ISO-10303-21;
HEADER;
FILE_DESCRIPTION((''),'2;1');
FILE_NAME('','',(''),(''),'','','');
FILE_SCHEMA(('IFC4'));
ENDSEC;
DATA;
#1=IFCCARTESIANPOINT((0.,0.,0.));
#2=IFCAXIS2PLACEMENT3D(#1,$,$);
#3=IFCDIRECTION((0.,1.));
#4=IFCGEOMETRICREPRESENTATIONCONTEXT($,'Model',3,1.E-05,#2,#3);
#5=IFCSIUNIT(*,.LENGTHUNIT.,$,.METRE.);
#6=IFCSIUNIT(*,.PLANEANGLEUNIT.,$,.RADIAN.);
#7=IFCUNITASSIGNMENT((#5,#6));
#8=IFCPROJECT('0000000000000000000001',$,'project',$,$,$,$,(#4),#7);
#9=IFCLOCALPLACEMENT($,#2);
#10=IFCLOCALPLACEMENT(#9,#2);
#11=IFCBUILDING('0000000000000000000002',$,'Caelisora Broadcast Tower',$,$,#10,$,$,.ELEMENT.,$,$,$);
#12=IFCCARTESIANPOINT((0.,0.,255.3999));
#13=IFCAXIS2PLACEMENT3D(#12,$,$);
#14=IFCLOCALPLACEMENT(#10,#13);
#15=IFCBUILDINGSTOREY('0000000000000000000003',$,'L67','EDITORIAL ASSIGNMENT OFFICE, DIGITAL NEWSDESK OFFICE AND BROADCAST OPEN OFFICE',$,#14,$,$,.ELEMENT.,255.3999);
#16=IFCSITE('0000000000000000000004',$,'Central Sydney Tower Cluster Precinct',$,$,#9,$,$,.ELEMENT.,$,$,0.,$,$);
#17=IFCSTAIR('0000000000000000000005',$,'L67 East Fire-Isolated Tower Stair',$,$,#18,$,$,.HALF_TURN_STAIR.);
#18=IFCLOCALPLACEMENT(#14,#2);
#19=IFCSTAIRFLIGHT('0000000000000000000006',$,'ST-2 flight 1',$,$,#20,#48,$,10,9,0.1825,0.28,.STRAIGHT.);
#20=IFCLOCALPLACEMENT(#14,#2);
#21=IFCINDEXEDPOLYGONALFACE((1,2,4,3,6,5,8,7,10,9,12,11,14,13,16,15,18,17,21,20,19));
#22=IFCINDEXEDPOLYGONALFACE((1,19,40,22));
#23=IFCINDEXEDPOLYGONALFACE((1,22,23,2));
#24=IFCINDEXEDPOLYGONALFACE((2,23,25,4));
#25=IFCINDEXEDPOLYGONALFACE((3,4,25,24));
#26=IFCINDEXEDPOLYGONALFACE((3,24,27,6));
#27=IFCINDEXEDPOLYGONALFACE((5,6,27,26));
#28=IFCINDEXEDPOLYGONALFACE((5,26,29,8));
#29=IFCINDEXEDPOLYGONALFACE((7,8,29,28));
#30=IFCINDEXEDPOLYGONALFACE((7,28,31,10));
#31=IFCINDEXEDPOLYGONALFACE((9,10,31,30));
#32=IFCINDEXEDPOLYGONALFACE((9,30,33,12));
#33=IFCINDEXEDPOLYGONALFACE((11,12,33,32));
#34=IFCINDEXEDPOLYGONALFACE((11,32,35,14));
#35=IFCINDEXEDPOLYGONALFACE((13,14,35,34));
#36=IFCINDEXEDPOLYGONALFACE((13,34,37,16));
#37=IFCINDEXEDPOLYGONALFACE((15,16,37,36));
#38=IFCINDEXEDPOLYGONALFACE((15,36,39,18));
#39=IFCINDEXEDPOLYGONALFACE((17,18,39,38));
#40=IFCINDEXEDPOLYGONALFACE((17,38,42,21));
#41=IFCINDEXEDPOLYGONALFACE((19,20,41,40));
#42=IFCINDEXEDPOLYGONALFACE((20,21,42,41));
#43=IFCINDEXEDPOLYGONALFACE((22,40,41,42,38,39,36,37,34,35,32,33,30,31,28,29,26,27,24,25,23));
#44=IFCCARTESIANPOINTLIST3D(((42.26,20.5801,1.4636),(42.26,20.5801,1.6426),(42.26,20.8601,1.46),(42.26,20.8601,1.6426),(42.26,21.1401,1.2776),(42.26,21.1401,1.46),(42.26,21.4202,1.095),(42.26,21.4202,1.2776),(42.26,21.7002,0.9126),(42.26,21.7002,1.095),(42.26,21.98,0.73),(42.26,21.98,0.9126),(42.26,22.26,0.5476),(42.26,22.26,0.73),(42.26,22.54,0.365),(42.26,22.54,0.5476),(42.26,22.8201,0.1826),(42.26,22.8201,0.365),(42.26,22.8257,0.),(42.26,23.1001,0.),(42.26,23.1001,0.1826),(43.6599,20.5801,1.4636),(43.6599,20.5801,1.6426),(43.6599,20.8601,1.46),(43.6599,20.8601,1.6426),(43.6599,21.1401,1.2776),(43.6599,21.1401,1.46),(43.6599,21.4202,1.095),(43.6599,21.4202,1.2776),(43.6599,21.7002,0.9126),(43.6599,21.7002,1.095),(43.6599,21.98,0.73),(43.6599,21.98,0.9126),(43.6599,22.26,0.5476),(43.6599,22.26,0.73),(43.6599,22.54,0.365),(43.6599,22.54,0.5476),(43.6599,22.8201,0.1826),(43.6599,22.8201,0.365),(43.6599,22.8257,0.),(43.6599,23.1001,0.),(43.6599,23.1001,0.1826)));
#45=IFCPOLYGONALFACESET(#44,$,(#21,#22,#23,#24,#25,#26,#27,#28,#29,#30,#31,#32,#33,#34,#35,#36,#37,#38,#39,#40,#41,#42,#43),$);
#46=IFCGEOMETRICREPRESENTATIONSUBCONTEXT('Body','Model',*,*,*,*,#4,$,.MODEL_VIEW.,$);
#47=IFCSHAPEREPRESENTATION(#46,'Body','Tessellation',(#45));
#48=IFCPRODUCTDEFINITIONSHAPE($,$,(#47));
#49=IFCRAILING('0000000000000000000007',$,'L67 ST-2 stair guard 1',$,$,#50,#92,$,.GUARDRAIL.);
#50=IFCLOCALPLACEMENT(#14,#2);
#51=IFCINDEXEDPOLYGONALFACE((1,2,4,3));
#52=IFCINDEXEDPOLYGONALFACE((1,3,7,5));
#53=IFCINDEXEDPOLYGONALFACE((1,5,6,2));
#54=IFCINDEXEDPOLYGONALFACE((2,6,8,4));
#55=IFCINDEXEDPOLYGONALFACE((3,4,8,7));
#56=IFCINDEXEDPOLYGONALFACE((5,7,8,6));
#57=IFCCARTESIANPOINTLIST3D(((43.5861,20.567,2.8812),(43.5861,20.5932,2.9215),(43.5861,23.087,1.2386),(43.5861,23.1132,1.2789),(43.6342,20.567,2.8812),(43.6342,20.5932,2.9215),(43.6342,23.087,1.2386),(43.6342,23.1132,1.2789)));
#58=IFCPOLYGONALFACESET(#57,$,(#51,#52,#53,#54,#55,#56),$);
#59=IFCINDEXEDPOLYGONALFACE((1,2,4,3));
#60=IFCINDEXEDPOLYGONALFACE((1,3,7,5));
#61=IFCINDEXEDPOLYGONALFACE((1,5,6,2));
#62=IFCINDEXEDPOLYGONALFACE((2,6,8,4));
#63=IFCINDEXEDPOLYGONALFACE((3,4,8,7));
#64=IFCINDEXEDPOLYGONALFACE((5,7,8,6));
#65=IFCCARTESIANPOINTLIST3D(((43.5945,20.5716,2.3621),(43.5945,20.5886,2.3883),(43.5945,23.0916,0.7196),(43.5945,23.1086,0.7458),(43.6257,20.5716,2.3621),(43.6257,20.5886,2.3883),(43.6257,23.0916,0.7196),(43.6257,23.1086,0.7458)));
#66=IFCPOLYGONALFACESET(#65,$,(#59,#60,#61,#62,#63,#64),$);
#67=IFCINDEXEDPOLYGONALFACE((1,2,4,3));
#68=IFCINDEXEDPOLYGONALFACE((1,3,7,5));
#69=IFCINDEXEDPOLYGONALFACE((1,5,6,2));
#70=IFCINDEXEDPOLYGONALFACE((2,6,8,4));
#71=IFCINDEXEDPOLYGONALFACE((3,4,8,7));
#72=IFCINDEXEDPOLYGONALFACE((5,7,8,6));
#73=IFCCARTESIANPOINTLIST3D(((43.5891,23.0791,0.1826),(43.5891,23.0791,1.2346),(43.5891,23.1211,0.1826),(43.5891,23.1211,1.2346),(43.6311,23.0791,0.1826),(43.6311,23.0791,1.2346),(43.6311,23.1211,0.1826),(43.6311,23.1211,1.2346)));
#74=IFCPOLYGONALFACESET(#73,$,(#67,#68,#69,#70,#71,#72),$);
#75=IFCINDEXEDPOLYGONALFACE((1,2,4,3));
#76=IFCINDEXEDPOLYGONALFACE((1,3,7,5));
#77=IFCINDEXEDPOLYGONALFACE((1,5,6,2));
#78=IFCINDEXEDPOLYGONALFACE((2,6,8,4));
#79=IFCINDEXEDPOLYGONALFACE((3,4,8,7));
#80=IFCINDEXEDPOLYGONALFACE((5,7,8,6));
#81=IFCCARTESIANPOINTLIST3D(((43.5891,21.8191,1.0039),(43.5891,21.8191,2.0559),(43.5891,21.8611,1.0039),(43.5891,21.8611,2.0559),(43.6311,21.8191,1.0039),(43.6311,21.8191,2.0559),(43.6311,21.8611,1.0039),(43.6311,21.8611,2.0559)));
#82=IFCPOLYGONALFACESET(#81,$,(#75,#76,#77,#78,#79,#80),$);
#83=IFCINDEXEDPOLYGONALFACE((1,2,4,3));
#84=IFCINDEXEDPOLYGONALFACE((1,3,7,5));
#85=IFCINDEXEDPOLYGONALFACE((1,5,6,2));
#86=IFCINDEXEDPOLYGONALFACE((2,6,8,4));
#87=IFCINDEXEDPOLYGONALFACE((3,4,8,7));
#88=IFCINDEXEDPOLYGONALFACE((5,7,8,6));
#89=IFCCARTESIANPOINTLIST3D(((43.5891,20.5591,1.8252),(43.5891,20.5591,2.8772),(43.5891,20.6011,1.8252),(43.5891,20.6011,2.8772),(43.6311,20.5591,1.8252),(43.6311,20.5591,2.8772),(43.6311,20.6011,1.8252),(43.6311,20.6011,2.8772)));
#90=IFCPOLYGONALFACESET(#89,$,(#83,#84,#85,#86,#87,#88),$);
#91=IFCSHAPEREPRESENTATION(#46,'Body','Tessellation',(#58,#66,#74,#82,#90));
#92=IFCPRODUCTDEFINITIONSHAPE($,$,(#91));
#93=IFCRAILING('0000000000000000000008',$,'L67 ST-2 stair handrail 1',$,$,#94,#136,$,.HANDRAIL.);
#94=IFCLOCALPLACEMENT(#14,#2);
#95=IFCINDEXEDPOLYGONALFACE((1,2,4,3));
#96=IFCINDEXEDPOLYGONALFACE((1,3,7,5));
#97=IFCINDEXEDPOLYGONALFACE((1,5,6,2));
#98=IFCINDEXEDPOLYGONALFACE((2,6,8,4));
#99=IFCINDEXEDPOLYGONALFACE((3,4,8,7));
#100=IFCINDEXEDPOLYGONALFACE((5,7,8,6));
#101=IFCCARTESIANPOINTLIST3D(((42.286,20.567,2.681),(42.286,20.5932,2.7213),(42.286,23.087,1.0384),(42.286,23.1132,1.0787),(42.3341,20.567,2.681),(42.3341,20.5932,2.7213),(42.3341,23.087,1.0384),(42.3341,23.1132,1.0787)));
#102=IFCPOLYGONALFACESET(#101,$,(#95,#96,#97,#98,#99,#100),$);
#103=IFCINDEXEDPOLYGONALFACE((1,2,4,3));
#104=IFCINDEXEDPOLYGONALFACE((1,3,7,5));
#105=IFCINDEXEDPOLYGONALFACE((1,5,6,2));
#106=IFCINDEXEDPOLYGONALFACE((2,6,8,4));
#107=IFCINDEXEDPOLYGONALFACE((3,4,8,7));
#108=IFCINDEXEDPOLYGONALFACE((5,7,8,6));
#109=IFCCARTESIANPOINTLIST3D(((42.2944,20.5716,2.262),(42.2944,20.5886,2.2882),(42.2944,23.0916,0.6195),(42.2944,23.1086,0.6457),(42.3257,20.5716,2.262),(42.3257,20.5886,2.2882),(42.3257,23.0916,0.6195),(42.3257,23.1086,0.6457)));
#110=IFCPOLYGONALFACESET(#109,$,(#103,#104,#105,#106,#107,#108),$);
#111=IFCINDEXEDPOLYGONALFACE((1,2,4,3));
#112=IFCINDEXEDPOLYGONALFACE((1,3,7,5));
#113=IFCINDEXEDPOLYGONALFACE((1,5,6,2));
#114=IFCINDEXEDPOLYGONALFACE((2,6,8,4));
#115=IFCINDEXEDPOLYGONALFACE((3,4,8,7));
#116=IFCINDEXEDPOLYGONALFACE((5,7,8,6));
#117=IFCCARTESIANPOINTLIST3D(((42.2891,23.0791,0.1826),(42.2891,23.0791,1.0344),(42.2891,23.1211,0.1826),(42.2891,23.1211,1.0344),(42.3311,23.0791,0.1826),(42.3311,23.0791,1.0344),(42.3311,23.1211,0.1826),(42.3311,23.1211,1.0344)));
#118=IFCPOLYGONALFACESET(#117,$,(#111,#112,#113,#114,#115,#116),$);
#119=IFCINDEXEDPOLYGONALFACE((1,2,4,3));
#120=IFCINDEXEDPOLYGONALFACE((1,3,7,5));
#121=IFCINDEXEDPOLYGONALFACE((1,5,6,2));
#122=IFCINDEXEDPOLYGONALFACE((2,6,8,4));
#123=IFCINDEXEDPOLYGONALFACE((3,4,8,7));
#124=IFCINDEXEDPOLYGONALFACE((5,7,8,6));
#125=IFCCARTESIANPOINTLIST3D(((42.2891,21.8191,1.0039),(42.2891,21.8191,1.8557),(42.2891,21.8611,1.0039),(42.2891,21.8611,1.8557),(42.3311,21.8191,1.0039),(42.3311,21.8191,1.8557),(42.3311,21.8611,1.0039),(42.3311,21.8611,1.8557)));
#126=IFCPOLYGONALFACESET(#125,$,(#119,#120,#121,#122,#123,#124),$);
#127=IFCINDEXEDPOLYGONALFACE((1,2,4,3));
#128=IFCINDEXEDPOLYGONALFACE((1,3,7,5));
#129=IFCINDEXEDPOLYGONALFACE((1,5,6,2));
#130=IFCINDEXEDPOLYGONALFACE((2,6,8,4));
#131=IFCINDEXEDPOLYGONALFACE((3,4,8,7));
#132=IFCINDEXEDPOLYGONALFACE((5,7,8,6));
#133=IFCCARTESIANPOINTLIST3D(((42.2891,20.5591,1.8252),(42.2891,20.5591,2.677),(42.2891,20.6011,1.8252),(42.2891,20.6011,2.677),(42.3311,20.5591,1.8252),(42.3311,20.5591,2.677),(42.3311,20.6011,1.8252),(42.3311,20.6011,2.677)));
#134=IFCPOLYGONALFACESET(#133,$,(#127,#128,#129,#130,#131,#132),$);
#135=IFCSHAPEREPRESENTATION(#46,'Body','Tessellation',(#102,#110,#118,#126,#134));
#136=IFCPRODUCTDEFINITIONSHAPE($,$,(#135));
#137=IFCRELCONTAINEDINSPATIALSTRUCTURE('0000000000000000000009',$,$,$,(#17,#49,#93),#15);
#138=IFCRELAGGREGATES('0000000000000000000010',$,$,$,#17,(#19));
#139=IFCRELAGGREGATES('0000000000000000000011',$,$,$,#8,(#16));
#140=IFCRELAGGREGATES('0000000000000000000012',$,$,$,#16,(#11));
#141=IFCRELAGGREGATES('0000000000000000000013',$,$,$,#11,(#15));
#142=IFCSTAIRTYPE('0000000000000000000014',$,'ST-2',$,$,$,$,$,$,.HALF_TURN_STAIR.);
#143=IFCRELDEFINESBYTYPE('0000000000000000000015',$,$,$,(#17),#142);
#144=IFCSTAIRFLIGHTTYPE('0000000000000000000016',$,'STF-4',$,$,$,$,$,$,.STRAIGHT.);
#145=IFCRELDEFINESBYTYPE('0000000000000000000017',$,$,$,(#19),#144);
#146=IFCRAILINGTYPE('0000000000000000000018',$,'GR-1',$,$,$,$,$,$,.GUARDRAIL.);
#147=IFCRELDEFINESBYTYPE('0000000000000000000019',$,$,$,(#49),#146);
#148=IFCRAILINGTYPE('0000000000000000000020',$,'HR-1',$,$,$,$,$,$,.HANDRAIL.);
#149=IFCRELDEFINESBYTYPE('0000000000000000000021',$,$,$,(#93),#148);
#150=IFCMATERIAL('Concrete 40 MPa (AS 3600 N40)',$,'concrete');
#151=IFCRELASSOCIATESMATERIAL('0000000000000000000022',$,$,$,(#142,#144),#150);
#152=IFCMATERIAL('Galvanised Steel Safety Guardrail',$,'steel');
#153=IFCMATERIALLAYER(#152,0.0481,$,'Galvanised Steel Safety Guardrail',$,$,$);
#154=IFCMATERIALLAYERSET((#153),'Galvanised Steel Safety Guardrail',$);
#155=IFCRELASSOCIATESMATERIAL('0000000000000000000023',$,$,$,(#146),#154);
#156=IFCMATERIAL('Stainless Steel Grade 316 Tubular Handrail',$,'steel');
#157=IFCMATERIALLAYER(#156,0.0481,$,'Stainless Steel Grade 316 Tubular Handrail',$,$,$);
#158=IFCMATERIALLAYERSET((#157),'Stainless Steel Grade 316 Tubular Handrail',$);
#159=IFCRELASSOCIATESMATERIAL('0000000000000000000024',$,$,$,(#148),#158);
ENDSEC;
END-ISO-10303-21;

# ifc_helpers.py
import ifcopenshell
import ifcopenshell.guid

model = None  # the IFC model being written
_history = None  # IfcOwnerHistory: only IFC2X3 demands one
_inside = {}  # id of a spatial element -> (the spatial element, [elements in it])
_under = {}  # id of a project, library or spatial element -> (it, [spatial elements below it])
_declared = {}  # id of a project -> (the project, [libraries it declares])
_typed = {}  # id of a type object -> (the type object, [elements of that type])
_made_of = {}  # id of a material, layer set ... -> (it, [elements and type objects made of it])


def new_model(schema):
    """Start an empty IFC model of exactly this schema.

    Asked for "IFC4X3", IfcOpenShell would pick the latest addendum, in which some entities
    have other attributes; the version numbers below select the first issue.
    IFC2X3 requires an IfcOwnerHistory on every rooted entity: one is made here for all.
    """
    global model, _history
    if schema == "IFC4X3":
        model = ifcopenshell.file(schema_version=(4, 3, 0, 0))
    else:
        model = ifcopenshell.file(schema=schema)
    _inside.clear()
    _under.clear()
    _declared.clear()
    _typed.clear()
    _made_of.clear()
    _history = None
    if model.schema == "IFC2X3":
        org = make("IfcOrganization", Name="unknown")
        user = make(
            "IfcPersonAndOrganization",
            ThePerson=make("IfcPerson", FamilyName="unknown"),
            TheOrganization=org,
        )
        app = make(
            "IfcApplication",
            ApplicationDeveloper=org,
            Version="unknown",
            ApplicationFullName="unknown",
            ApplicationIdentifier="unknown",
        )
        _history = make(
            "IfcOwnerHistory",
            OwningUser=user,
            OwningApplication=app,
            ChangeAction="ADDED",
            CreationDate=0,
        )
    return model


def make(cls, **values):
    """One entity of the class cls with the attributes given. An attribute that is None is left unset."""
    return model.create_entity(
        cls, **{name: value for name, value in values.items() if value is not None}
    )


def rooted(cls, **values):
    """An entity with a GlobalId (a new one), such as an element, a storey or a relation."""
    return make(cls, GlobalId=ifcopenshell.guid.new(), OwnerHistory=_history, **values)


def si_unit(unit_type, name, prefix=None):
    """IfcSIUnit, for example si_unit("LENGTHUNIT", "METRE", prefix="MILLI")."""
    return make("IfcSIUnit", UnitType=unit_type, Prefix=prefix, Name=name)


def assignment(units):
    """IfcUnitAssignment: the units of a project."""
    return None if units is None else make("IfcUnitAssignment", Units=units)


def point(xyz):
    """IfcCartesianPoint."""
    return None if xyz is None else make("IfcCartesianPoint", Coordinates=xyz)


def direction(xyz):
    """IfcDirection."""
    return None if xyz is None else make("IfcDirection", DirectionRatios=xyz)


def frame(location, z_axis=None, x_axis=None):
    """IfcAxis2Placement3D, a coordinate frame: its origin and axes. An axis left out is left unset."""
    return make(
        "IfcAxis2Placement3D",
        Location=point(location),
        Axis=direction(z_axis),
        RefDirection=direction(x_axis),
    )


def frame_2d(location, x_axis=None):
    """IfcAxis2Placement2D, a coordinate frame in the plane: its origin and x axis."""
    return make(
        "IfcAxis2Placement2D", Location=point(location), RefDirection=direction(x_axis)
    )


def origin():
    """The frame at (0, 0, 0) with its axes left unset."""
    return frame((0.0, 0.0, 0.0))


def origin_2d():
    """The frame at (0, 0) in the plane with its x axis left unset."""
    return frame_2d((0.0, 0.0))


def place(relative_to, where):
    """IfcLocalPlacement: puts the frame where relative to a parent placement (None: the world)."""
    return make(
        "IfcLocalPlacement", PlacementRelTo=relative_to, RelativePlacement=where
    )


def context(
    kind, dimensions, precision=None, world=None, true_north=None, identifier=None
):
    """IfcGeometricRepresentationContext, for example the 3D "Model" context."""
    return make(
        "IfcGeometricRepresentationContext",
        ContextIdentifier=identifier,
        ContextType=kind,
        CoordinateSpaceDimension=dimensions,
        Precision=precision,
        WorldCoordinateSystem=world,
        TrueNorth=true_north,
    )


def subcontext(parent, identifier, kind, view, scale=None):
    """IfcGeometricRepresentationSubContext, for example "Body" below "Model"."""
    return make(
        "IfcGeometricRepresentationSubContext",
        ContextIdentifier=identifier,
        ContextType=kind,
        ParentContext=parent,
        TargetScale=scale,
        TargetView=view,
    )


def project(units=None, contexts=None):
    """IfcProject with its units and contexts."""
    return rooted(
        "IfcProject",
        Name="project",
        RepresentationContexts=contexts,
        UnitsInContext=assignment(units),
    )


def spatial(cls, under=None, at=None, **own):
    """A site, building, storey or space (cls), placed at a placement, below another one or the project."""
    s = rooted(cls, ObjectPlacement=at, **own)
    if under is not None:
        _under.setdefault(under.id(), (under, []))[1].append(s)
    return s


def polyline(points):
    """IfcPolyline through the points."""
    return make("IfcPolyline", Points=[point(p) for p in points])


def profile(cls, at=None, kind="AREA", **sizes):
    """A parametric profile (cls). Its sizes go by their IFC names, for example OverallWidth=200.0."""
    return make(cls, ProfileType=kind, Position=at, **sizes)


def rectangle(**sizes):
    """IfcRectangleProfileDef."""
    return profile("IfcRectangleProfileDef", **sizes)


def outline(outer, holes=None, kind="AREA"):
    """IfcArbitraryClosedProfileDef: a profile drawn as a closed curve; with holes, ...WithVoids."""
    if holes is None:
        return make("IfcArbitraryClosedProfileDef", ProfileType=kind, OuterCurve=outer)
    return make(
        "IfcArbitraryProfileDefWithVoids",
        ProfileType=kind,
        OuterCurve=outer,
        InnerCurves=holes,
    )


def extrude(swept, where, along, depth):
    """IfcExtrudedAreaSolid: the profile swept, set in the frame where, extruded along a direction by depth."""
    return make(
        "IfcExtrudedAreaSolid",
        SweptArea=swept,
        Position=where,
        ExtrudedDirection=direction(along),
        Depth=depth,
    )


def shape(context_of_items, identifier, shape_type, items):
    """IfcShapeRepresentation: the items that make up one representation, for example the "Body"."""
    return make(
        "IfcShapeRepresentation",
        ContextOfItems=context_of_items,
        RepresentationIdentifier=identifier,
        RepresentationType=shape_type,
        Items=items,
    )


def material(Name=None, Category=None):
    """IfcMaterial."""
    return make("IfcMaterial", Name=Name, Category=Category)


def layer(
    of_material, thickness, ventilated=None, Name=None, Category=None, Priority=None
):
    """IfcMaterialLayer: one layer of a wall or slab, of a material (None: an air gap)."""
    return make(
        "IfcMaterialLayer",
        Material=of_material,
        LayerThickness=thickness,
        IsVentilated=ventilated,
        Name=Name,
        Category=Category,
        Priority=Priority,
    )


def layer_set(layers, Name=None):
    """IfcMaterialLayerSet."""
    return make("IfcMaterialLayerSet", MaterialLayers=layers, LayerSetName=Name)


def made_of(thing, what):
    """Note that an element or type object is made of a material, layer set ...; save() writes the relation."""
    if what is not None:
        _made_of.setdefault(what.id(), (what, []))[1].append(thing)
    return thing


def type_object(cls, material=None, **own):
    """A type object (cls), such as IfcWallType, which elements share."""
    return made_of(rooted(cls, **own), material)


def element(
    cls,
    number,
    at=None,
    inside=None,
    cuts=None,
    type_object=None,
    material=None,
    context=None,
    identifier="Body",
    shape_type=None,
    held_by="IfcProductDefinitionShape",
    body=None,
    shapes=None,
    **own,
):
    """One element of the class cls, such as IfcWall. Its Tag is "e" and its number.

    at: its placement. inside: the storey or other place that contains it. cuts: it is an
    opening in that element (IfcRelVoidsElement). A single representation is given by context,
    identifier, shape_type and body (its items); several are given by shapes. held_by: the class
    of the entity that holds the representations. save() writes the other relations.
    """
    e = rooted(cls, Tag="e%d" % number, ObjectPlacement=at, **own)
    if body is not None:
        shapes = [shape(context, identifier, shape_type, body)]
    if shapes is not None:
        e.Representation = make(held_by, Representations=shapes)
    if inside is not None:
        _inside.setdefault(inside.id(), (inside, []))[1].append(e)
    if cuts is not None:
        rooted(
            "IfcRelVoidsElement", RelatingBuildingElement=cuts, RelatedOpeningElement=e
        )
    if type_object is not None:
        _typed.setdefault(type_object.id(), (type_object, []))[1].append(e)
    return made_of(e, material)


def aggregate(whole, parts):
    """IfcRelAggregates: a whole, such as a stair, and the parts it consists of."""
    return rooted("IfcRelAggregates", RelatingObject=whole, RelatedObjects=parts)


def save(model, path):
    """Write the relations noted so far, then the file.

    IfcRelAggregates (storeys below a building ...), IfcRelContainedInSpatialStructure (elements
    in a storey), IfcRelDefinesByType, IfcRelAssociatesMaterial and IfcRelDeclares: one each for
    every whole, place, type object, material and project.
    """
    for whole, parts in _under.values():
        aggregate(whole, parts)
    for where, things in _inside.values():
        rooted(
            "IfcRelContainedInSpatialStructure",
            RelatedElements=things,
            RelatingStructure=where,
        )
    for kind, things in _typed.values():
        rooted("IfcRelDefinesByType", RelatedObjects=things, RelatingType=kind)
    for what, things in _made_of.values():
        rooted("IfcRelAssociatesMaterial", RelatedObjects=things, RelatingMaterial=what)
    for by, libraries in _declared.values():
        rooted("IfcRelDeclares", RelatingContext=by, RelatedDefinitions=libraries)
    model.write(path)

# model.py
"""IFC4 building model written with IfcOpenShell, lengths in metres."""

from ifc_helpers import new_model, si_unit, direction, frame, origin, origin_2d, place, context, subcontext, project, spatial, polyline, rectangle, outline, extrude, material, layer, layer_set, type_object, element, aggregate, save


model = new_model("IFC4")

# Units and contexts
model_context = context("Model", 3, precision=1e-05, world=origin(), true_north=direction((0.0, 1.0)))
body_context = subcontext(model_context, "Body", "Model", "MODEL_VIEW")
ifc_project = project(units=[si_unit("LENGTHUNIT", "METRE"), si_unit("PLANEANGLEUNIT", "RADIAN")], contexts=[model_context])

# Site, building, storey
site_placement = place(None, origin())
site = spatial("IfcSite", under=ifc_project, at=site_placement, Name="Central Sydney Tower Cluster Precinct", CompositionType="ELEMENT", RefElevation=0.0)
building_placement = place(site_placement, origin())
building = spatial("IfcBuilding", under=site, at=building_placement, Name="Caelisora Broadcast Tower", CompositionType="ELEMENT")
storey_placement = place(building_placement, frame((0.0, 0.0, 255.3999)))
storey = spatial("IfcBuildingStorey", under=building, at=storey_placement, Name="L67", Description="EDITORIAL ASSIGNMENT OFFICE, DIGITAL NEWSDESK OFFICE AND BROADCAST OPEN OFFICE", CompositionType="ELEMENT", Elevation=255.3999)

# Shared definitions
ifc_material_1 = material(Name="Concrete 40 MPa (AS 3600 N40)", Category="concrete")

# Stair, stair flight
stair_type = type_object("IfcStairType", Name="ST-2", PredefinedType="HALF_TURN_STAIR", material=ifc_material_1)
stair_placement = place(storey_placement, origin())
stair = element("IfcStair", 1, at=stair_placement, inside=storey, type_object=stair_type, Name="L67 East Fire-Isolated Tower Stair", PredefinedType="HALF_TURN_STAIR")
stair_flight_type = type_object("IfcStairFlightType", Name="STF-4", PredefinedType="STRAIGHT", material=ifc_material_1)
stair_flight_placement = place(storey_placement, frame((42.96, 23.1001, 0.0), z_axis=(0.0, 0.0, 1.0), x_axis=(0.0, -1.0, 0.0)))
stair_flight = element("IfcStairFlight", 2, at=stair_flight_placement, type_object=stair_flight_type, Name="ST-2 flight 1", NumberOfRisers=10, NumberOfTreads=9, PredefinedType="STRAIGHT", RiserHeight=0.1825, TreadLength=0.28, context=body_context, shape_type="SweptSolid", body=[
    extrude(outline(polyline([(0.0, 0.0), (0.0, 0.1826), (0.28, 0.1826), (0.28, 0.365), (0.5601, 0.365), (0.5601, 0.5476), (0.8401, 0.5476), (0.8401, 0.73), (1.1201, 0.73), (1.1201, 0.9126), (1.3999, 0.9126), (1.3999, 1.095), (1.6799, 1.095), (1.6799, 1.2776), (1.96, 1.2776), (1.96, 1.46), (2.24, 1.46), (2.24, 1.6426), (2.52, 1.6426), (2.52, 1.825), (2.52, 1.4636), (0.2744, 0.0), (0.0, 0.0)])), frame((0.0, 0.7, 0.0), z_axis=(0.0, -1.0, 0.0), x_axis=(1.0, 0.0, 0.0)), (0.0, 0.0, 1.0), 1.3999),
])
aggregate(stair, [stair_flight])

# Railings
ifc_material_2 = material(Name="Galvanised Steel Safety Guardrail", Category="steel")
ifc_layer_1 = layer(ifc_material_2, 0.0481, Name="Galvanised Steel Safety Guardrail")
ifc_layer_set_1 = layer_set([ifc_layer_1], Name="Galvanised Steel Safety Guardrail")
railing_type_1 = type_object("IfcRailingType", Name="GR-1", PredefinedType="GUARDRAIL", material=ifc_layer_set_1)
railing_1_placement = place(storey_placement, frame((43.6101, 23.1001, 0.1826)))
element("IfcRailing", 3, at=railing_1_placement, inside=storey, type_object=railing_type_1, Name="L67 ST-2 stair guard 1", PredefinedType="GUARDRAIL", context=body_context, shape_type="SweptSolid", body=[
    extrude(rectangle(XDim=0.0481, YDim=0.0481, at=origin_2d()), frame((0.0, 0.0, 1.0762), z_axis=(0.0, -0.837749, 0.546055), x_axis=(1.0, 0.0, 0.0)), (0.0, 0.0, 1.0), 3.0081),
    extrude(rectangle(XDim=0.0312, YDim=0.0312, at=origin_2d()), frame((0.0, 0.0, 0.55), z_axis=(0.0, -0.837749, 0.546055), x_axis=(1.0, 0.0, 0.0)), (0.0, 0.0, 1.0), 3.0081),
    extrude(rectangle(XDim=0.042, YDim=0.042, at=origin_2d()), origin(), (0.0, 0.0, 1.0), 1.052),
    extrude(rectangle(XDim=0.042, YDim=0.042, at=origin_2d()), frame((0.0, -1.26, 0.8213)), (0.0, 0.0, 1.0), 1.052),
    extrude(rectangle(XDim=0.042, YDim=0.042, at=origin_2d()), frame((0.0, -2.52, 1.6426)), (0.0, 0.0, 1.0), 1.052),
])
ifc_material_3 = material(Name="Stainless Steel Grade 316 Tubular Handrail", Category="steel")
ifc_layer_2 = layer(ifc_material_3, 0.0481, Name="Stainless Steel Grade 316 Tubular Handrail")
ifc_layer_set_2 = layer_set([ifc_layer_2], Name="Stainless Steel Grade 316 Tubular Handrail")
railing_type_2 = type_object("IfcRailingType", Name="HR-1", PredefinedType="HANDRAIL", material=ifc_layer_set_2)
railing_2_placement = place(storey_placement, frame((42.3101, 23.1001, 0.1826)))
element("IfcRailing", 4, at=railing_2_placement, inside=storey, type_object=railing_type_2, Name="L67 ST-2 stair handrail 1", PredefinedType="HANDRAIL", context=body_context, shape_type="SweptSolid", body=[
    extrude(rectangle(XDim=0.0481, YDim=0.0481, at=origin_2d()), frame((0.0, 0.0, 0.876), z_axis=(0.0, -0.837749, 0.546055), x_axis=(1.0, 0.0, 0.0)), (0.0, 0.0, 1.0), 3.0081),
    extrude(rectangle(XDim=0.0312, YDim=0.0312, at=origin_2d()), frame((0.0, 0.0, 0.45), z_axis=(0.0, -0.837749, 0.546055), x_axis=(1.0, 0.0, 0.0)), (0.0, 0.0, 1.0), 3.0081),
    extrude(rectangle(XDim=0.042, YDim=0.042, at=origin_2d()), origin(), (0.0, 0.0, 1.0), 0.8518),
    extrude(rectangle(XDim=0.042, YDim=0.042, at=origin_2d()), frame((0.0, -1.26, 0.8213)), (0.0, 0.0, 1.0), 0.8518),
    extrude(rectangle(XDim=0.042, YDim=0.042, at=origin_2d()), frame((0.0, -2.52, 1.6426)), (0.0, 0.0, 1.0), 0.8518),
])

save(model, "model.ifc")
